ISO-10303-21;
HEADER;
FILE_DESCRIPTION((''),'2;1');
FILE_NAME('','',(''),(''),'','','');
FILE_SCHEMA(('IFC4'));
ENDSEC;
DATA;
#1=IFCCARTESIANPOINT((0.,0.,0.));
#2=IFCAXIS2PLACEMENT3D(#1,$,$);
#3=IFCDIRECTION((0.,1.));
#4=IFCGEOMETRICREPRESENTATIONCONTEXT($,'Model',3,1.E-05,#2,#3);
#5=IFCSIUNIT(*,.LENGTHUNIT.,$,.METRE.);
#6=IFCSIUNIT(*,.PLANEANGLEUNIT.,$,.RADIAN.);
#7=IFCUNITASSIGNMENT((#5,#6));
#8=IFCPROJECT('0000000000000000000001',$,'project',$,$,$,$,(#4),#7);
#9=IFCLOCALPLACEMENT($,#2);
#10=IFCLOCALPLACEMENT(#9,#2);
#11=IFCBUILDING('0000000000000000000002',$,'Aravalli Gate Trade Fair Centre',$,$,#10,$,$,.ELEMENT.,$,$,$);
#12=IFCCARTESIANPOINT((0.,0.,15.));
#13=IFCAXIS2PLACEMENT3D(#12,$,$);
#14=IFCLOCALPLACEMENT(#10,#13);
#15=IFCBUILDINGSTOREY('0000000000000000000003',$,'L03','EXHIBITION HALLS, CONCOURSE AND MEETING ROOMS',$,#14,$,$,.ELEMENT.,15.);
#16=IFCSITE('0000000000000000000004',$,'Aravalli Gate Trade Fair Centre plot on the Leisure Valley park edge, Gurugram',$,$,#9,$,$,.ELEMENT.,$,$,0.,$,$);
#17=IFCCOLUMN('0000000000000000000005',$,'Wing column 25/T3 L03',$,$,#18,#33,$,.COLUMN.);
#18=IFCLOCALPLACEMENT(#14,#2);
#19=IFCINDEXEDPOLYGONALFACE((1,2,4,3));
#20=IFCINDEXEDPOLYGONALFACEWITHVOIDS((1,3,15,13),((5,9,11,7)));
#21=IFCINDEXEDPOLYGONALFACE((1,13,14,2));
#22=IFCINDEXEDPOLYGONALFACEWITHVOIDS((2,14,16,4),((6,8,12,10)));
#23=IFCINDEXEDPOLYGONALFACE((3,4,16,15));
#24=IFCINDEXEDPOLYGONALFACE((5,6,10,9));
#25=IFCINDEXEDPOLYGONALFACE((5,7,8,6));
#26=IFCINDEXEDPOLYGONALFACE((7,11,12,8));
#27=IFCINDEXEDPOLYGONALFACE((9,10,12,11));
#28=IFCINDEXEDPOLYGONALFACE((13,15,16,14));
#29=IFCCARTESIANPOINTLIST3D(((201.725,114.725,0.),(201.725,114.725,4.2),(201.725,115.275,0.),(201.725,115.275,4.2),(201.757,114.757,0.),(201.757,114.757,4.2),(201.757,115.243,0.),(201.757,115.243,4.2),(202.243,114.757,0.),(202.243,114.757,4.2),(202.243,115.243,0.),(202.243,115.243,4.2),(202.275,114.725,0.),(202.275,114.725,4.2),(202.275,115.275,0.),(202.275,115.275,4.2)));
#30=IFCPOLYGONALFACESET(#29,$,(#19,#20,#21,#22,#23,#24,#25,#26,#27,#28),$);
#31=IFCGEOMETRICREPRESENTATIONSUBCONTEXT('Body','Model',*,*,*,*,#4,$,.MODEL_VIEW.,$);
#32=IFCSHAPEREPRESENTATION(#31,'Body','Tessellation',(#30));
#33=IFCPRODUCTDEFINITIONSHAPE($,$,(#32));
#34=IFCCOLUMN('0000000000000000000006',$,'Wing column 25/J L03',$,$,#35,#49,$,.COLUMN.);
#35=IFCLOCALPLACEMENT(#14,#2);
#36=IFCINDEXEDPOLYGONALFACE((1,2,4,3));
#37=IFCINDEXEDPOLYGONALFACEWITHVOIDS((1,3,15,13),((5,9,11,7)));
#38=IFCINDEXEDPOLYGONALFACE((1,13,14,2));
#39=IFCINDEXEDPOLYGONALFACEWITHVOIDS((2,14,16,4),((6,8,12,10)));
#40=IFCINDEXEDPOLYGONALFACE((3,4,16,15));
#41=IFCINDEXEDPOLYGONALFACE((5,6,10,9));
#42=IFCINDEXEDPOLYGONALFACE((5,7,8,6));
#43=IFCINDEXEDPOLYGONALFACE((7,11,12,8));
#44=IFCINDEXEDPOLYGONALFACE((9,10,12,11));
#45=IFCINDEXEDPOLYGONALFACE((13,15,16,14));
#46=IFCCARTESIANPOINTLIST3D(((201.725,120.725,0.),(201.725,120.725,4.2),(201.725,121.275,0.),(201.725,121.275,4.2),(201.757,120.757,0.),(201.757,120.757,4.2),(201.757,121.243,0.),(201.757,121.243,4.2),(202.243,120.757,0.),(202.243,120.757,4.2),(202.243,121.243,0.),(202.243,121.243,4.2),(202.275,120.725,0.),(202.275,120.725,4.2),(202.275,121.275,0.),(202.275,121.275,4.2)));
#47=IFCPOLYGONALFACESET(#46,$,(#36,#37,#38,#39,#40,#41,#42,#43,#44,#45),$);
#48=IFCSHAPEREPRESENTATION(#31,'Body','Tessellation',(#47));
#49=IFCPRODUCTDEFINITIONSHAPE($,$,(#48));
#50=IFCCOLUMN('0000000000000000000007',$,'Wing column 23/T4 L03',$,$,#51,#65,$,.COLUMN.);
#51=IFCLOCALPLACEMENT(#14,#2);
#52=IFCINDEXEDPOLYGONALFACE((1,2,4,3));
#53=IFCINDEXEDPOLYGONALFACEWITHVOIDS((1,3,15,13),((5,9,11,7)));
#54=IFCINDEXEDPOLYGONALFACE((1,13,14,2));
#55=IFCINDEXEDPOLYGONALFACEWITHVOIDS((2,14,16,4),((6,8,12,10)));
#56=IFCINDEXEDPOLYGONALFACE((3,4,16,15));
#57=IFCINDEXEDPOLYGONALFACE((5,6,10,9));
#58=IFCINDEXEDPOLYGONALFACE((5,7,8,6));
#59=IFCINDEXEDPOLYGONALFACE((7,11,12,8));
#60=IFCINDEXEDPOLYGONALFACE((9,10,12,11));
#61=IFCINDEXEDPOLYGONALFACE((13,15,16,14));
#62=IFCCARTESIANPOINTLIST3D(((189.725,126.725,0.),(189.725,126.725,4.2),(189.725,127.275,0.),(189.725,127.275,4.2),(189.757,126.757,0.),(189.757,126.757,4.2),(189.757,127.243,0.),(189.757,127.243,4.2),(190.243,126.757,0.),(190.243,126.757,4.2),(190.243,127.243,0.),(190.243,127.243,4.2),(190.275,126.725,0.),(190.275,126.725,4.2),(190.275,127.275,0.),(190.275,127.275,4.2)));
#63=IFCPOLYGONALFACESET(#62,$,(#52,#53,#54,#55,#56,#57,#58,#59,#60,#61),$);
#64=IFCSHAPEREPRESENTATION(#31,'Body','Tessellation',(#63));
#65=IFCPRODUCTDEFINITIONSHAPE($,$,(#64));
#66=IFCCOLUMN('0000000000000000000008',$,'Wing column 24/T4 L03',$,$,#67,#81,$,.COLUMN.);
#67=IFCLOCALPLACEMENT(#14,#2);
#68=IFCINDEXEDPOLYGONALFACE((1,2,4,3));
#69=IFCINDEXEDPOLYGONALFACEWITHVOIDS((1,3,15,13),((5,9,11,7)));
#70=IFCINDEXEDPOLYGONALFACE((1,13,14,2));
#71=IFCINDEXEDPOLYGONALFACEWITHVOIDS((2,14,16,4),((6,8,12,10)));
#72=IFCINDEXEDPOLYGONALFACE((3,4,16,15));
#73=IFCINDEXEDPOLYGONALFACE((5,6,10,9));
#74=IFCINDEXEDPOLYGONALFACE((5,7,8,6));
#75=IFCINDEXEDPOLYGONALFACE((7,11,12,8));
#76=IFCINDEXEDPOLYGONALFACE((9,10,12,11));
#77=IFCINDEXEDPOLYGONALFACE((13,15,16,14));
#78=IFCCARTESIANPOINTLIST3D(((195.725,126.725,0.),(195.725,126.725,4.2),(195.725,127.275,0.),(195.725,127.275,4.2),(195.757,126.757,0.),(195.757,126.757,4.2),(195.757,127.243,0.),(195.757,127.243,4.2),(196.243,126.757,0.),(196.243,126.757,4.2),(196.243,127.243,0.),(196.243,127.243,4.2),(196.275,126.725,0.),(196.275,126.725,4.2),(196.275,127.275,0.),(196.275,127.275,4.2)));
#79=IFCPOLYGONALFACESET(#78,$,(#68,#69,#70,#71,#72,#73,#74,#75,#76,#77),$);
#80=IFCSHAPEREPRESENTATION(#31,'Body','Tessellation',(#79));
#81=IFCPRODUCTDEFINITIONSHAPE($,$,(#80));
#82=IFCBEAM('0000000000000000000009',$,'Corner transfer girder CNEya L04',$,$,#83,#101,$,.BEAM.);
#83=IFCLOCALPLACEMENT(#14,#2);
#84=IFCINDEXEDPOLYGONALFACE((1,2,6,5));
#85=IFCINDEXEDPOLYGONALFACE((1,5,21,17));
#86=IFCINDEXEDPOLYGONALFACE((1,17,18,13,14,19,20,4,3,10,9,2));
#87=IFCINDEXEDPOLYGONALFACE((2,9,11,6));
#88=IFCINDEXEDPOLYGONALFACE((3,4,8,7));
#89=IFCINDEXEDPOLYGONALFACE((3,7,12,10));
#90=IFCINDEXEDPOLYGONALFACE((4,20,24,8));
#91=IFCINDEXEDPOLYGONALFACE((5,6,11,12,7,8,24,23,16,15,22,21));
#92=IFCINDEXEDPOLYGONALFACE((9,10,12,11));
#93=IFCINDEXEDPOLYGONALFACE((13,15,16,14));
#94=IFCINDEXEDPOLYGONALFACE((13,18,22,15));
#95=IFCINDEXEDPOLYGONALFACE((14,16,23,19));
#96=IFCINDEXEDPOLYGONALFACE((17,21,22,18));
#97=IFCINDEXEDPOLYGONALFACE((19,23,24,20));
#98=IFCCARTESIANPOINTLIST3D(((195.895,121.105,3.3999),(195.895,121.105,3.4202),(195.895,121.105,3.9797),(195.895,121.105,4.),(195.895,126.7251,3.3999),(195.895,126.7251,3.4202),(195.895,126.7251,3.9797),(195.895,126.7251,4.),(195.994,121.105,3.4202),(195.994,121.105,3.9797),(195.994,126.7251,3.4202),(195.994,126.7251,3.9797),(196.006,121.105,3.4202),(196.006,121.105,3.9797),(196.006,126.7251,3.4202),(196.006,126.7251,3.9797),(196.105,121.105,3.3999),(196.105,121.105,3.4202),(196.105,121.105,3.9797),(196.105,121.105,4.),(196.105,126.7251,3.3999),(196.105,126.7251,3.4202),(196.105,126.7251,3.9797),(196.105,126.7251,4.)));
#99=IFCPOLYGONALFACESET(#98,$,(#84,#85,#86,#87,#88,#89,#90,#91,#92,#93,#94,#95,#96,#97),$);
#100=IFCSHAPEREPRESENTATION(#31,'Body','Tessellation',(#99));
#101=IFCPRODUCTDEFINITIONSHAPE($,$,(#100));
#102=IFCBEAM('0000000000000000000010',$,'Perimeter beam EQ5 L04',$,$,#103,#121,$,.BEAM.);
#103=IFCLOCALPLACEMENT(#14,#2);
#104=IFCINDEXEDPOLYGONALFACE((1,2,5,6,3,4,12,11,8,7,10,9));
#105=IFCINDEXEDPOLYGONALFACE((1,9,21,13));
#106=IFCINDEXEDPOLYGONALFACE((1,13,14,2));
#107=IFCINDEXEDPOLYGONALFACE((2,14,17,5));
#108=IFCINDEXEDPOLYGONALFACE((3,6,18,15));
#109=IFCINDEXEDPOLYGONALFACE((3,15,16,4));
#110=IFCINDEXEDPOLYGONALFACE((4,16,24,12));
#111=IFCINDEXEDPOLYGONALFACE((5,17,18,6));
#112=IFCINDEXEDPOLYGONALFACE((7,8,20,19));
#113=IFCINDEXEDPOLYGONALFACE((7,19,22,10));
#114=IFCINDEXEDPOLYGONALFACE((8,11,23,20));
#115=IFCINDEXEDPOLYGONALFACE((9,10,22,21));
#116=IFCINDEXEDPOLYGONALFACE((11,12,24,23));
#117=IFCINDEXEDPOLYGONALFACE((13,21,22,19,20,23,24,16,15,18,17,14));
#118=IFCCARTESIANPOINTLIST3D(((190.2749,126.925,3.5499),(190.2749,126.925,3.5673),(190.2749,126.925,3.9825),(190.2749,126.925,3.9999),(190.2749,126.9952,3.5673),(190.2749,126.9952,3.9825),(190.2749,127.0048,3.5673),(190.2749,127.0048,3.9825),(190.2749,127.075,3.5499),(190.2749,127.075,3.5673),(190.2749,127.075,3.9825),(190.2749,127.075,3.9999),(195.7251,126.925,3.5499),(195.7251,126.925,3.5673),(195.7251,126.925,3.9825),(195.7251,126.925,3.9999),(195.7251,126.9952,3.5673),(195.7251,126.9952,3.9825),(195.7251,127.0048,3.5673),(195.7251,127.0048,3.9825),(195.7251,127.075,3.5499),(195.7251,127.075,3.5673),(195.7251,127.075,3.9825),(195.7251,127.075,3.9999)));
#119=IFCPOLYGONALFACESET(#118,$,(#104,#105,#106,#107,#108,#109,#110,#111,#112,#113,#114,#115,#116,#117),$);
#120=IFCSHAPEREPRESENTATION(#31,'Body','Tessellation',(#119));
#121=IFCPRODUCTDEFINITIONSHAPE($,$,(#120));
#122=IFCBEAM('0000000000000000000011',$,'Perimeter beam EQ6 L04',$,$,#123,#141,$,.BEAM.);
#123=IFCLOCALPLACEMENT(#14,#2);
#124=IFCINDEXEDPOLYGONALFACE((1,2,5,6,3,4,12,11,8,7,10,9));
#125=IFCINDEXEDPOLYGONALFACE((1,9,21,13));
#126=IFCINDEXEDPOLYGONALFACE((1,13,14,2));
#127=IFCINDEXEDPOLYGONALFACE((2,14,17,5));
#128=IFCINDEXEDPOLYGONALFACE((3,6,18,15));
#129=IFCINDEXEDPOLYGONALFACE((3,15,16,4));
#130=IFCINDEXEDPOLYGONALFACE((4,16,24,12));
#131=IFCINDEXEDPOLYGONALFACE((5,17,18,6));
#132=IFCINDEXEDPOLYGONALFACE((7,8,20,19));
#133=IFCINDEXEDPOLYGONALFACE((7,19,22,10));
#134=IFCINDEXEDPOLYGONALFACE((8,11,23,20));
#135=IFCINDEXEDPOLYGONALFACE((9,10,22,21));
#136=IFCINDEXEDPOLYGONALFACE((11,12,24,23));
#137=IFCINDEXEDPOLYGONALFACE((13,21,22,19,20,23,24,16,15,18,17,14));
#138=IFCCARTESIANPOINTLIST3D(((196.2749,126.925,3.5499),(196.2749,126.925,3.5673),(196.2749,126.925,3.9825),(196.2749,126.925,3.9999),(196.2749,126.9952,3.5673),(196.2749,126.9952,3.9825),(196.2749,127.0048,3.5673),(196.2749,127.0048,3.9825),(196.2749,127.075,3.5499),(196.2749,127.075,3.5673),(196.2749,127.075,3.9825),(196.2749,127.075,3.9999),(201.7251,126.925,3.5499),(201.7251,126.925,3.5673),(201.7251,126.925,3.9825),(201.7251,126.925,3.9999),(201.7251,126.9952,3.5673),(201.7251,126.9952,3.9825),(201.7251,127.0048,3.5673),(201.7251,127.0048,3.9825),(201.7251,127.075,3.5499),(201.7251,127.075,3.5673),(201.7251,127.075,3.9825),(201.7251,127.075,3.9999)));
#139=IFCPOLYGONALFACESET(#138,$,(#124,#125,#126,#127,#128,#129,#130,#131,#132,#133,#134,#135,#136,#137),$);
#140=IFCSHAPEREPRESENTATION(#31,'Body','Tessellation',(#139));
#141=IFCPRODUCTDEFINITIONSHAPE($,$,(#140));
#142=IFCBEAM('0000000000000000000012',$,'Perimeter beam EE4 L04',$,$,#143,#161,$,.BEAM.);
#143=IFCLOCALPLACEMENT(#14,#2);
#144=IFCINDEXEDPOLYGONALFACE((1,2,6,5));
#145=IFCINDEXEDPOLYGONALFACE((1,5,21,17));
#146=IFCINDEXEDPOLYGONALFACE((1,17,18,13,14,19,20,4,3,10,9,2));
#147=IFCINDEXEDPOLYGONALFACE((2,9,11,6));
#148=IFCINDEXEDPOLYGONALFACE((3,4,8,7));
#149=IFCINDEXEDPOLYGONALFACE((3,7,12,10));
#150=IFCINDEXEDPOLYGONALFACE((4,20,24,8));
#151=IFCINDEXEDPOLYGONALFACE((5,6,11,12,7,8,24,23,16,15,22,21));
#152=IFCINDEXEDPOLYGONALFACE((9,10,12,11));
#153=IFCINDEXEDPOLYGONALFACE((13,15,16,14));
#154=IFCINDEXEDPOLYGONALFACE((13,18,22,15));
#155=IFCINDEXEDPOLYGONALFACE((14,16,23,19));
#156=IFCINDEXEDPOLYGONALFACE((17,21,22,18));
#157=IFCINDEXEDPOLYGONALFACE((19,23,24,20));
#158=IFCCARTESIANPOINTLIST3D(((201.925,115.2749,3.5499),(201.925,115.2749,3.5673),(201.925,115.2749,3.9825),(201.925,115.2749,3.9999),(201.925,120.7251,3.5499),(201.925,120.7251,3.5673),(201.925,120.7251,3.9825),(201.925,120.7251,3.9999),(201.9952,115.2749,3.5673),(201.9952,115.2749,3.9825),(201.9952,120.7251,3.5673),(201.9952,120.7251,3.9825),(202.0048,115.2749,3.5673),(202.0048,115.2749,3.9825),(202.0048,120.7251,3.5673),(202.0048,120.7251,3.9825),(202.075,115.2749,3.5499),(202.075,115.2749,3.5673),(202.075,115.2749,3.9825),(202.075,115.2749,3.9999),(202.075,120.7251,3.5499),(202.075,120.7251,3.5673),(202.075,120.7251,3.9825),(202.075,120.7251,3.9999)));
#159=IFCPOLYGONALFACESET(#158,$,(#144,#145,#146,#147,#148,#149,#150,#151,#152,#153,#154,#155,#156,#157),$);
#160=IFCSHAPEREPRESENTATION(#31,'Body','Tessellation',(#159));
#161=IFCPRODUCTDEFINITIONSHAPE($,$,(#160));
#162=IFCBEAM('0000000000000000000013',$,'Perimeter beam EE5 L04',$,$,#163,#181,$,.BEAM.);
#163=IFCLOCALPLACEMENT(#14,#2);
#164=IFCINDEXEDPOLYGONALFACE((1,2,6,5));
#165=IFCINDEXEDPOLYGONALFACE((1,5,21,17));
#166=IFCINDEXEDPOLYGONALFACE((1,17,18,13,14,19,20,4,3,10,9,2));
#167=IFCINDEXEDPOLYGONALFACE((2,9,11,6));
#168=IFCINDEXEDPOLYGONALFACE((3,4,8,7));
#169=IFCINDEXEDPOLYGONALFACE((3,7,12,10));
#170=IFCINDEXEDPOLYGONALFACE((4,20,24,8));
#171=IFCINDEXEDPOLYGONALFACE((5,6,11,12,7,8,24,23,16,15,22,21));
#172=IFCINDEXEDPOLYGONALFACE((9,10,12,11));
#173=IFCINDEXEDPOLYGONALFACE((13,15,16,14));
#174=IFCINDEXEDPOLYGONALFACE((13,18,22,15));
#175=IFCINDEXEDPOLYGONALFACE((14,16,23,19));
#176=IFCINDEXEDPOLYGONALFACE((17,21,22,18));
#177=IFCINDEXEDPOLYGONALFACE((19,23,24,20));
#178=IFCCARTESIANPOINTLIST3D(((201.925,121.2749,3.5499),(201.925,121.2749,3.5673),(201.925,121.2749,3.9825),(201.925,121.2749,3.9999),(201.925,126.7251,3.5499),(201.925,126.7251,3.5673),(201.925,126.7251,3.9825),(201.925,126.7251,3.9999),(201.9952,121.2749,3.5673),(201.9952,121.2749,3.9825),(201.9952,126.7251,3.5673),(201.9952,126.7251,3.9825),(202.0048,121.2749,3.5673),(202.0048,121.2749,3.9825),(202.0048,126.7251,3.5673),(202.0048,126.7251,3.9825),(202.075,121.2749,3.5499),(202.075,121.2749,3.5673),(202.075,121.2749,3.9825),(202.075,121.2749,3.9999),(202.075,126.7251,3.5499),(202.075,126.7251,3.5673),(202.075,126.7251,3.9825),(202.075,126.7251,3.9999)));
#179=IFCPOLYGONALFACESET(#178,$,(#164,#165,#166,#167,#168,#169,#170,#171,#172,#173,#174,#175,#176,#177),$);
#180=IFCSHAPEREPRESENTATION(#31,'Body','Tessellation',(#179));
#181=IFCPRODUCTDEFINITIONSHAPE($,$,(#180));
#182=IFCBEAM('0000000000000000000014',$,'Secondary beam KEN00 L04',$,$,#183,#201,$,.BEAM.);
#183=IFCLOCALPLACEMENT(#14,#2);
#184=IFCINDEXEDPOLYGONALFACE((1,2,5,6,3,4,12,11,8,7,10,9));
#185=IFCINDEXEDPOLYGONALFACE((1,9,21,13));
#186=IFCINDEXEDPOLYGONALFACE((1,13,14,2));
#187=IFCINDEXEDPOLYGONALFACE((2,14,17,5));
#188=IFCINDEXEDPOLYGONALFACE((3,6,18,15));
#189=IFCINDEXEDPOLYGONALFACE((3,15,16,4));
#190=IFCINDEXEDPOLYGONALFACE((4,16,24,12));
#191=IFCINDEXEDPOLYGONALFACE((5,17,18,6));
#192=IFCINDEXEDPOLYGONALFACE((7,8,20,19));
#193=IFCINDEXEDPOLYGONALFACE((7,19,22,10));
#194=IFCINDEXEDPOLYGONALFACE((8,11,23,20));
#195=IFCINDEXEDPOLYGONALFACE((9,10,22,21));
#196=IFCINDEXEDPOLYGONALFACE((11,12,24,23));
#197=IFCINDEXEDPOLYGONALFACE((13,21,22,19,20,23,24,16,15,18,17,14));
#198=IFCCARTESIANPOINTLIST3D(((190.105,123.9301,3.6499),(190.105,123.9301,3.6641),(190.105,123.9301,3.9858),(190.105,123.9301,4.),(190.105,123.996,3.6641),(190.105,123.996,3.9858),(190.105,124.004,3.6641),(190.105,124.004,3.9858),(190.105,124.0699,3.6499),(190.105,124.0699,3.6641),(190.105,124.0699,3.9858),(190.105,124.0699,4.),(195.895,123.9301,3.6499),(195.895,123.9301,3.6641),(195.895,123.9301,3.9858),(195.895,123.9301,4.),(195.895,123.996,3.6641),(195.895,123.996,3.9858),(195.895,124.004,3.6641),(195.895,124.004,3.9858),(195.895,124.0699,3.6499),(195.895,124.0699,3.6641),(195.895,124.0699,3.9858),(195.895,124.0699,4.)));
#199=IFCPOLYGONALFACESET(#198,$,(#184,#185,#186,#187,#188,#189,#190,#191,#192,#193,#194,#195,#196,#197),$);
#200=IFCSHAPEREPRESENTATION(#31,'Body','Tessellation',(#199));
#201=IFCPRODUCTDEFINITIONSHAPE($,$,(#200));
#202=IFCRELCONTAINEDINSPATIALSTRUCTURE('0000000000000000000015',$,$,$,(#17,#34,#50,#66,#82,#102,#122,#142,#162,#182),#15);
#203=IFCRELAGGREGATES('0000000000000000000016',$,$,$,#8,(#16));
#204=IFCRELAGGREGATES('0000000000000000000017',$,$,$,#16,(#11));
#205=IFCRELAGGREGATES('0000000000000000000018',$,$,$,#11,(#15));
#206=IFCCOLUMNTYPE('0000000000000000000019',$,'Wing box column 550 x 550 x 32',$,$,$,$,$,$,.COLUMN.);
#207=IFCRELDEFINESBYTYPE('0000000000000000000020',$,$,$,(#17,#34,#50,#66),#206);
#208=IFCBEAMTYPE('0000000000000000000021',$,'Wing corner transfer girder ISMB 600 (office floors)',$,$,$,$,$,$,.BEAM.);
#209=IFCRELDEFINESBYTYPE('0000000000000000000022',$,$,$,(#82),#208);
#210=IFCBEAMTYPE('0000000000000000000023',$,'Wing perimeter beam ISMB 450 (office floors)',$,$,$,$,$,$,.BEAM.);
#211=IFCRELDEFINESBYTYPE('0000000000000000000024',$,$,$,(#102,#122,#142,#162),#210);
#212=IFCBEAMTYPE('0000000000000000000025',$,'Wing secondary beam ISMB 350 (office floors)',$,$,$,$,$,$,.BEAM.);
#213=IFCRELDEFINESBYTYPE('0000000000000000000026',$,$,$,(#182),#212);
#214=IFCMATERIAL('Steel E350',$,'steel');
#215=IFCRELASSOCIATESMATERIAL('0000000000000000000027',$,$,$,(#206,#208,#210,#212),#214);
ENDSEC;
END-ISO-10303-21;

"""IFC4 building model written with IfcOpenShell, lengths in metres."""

from ifc_helpers import new_model, si_unit, direction, frame, origin, origin_2d, place, context, subcontext, project, spatial, hollow_rectangle, i_section, extrude, material, material_profile, profile_set, type_object, element, save


model = new_model("IFC4")

# Units and contexts
model_context = context("Model", 3, precision=1e-05, world=origin(), true_north=direction((0.0, 1.0)))
body_context = subcontext(model_context, "Body", "Model", "MODEL_VIEW")
ifc_project = project(units=[si_unit("LENGTHUNIT", "METRE"), si_unit("PLANEANGLEUNIT", "RADIAN")], contexts=[model_context])

# Site, building, storey
site_placement = place(None, origin())
site = spatial("IfcSite", under=ifc_project, at=site_placement, Name="Aravalli Gate Trade Fair Centre plot on the Leisure Valley park edge, Gurugram", CompositionType="ELEMENT", RefElevation=0.0)
building_placement = place(site_placement, origin())
building = spatial("IfcBuilding", under=site, at=building_placement, Name="Aravalli Gate Trade Fair Centre", CompositionType="ELEMENT")
storey_placement = place(building_placement, frame((0.0, 0.0, 15.0)))
storey = spatial("IfcBuildingStorey", under=building, at=storey_placement, Name="L03", Description="EXHIBITION HALLS, CONCOURSE AND MEETING ROOMS", CompositionType="ELEMENT", Elevation=15.0)

# Columns
ifc_material_1 = material(Name="Steel E350", Category="steel")
ifc_material_profile_1 = material_profile(ifc_material_1, hollow_rectangle(XDim=0.55, YDim=0.55, WallThickness=0.032, at=origin_2d()), Name="BOX 550x550x32")
ifc_profile_set_1 = profile_set([ifc_material_profile_1], Name="Steel E350")
column_type = type_object("IfcColumnType", Name="Wing box column 550 x 550 x 32", PredefinedType="COLUMN", material=ifc_profile_set_1)
for number, where, z_axis, x_axis, name in (
    (1, (202.0, 115.0, 0.0), (0.0, 0.0, 1.0), (1.0, 0.0, 0.0), "Wing column 25/T3 L03"),
    (2, (202.0, 121.0, 0.0), (0.0, 0.0, 1.0), (1.0, 0.0, 0.0), "Wing column 25/J L03"),
    (3, (190.0, 127.0, 0.0), (0.0, 0.0, 1.0), (1.0, 0.0, 0.0), "Wing column 23/T4 L03"),
    (4, (196.0, 127.0, 0.0), (0.0, 0.0, 1.0), (1.0, 0.0, 0.0), "Wing column 24/T4 L03"),
):
    element("IfcColumn", number, at=place(storey_placement, frame(where, z_axis=z_axis, x_axis=x_axis)), inside=storey, type_object=column_type, Name=name, PredefinedType="COLUMN", context=body_context, shape_type="SweptSolid", body=[
        extrude(hollow_rectangle(XDim=0.55, YDim=0.55, WallThickness=0.032, at=origin_2d()), origin(), (0.0, 0.0, 1.0), 4.2),
    ])

# Beams
ifc_material_profile_2 = material_profile(ifc_material_1, i_section(OverallWidth=0.21, OverallDepth=0.6001, WebThickness=0.012, FlangeThickness=0.0203, at=origin_2d()), Name="ISMB 600")
ifc_profile_set_2 = profile_set([ifc_material_profile_2], Name="Steel E350")
beam_type_1 = type_object("IfcBeamType", Name="Wing corner transfer girder ISMB 600 (office floors)", PredefinedType="BEAM", material=ifc_profile_set_2)
beam_1_placement = place(storey_placement, frame((196.0, 121.105, 3.7), z_axis=(0.0, 1.0, 0.0), x_axis=(-1.0, 0.0, 0.0)))
element("IfcBeam", 5, at=beam_1_placement, inside=storey, type_object=beam_type_1, Name="Corner transfer girder CNEya L04", PredefinedType="BEAM", context=body_context, shape_type="SweptSolid", body=[
    extrude(i_section(OverallWidth=0.21, OverallDepth=0.6001, WebThickness=0.012, FlangeThickness=0.0203, at=origin_2d()), origin(), (0.0, 0.0, 1.0), 5.6201),
])
ifc_material_profile_3 = material_profile(ifc_material_1, i_section(OverallWidth=0.1499, OverallDepth=0.45, WebThickness=0.0095, FlangeThickness=0.0173, at=origin_2d()), Name="ISMB 450")
ifc_profile_set_3 = profile_set([ifc_material_profile_3], Name="Steel E350")
beam_type_2 = type_object("IfcBeamType", Name="Wing perimeter beam ISMB 450 (office floors)", PredefinedType="BEAM", material=ifc_profile_set_3)
for number, where, z_axis, x_axis, name in (
    (6, (190.2749, 127.0, 3.7749), (1.0, 0.0, 0.0), (0.0, 1.0, 0.0), "Perimeter beam EQ5 L04"),
    (7, (196.2749, 127.0, 3.7749), (1.0, 0.0, 0.0), (0.0, 1.0, 0.0), "Perimeter beam EQ6 L04"),
    (8, (202.0, 115.2749, 3.7749), (0.0, 1.0, 0.0), (-1.0, 0.0, 0.0), "Perimeter beam EE4 L04"),
    (9, (202.0, 121.2749, 3.7749), (0.0, 1.0, 0.0), (-1.0, 0.0, 0.0), "Perimeter beam EE5 L04"),
):
    element("IfcBeam", number, at=place(storey_placement, frame(where, z_axis=z_axis, x_axis=x_axis)), inside=storey, type_object=beam_type_2, Name=name, PredefinedType="BEAM", context=body_context, shape_type="SweptSolid", body=[
        extrude(i_section(OverallWidth=0.1499, OverallDepth=0.45, WebThickness=0.0095, FlangeThickness=0.0173, at=origin_2d()), origin(), (0.0, 0.0, 1.0), 5.4502),
    ])
ifc_material_profile_4 = material_profile(ifc_material_1, i_section(OverallWidth=0.1399, OverallDepth=0.3501, WebThickness=0.0081, FlangeThickness=0.0142, at=origin_2d()), Name="ISMB 350")
ifc_profile_set_4 = profile_set([ifc_material_profile_4], Name="Steel E350")
beam_type_3 = type_object("IfcBeamType", Name="Wing secondary beam ISMB 350 (office floors)", PredefinedType="BEAM", material=ifc_profile_set_4)
beam_2_placement = place(storey_placement, frame((190.105, 124.0, 3.825), z_axis=(1.0, 0.0, 0.0), x_axis=(0.0, 1.0, 0.0)))
element("IfcBeam", 10, at=beam_2_placement, inside=storey, type_object=beam_type_3, Name="Secondary beam KEN00 L04", PredefinedType="BEAM", context=body_context, shape_type="SweptSolid", body=[
    extrude(i_section(OverallWidth=0.1399, OverallDepth=0.3501, WebThickness=0.0081, FlangeThickness=0.0142, at=origin_2d()), origin(), (0.0, 0.0, 1.0), 5.79),
])

save(model, "model.ifc")
